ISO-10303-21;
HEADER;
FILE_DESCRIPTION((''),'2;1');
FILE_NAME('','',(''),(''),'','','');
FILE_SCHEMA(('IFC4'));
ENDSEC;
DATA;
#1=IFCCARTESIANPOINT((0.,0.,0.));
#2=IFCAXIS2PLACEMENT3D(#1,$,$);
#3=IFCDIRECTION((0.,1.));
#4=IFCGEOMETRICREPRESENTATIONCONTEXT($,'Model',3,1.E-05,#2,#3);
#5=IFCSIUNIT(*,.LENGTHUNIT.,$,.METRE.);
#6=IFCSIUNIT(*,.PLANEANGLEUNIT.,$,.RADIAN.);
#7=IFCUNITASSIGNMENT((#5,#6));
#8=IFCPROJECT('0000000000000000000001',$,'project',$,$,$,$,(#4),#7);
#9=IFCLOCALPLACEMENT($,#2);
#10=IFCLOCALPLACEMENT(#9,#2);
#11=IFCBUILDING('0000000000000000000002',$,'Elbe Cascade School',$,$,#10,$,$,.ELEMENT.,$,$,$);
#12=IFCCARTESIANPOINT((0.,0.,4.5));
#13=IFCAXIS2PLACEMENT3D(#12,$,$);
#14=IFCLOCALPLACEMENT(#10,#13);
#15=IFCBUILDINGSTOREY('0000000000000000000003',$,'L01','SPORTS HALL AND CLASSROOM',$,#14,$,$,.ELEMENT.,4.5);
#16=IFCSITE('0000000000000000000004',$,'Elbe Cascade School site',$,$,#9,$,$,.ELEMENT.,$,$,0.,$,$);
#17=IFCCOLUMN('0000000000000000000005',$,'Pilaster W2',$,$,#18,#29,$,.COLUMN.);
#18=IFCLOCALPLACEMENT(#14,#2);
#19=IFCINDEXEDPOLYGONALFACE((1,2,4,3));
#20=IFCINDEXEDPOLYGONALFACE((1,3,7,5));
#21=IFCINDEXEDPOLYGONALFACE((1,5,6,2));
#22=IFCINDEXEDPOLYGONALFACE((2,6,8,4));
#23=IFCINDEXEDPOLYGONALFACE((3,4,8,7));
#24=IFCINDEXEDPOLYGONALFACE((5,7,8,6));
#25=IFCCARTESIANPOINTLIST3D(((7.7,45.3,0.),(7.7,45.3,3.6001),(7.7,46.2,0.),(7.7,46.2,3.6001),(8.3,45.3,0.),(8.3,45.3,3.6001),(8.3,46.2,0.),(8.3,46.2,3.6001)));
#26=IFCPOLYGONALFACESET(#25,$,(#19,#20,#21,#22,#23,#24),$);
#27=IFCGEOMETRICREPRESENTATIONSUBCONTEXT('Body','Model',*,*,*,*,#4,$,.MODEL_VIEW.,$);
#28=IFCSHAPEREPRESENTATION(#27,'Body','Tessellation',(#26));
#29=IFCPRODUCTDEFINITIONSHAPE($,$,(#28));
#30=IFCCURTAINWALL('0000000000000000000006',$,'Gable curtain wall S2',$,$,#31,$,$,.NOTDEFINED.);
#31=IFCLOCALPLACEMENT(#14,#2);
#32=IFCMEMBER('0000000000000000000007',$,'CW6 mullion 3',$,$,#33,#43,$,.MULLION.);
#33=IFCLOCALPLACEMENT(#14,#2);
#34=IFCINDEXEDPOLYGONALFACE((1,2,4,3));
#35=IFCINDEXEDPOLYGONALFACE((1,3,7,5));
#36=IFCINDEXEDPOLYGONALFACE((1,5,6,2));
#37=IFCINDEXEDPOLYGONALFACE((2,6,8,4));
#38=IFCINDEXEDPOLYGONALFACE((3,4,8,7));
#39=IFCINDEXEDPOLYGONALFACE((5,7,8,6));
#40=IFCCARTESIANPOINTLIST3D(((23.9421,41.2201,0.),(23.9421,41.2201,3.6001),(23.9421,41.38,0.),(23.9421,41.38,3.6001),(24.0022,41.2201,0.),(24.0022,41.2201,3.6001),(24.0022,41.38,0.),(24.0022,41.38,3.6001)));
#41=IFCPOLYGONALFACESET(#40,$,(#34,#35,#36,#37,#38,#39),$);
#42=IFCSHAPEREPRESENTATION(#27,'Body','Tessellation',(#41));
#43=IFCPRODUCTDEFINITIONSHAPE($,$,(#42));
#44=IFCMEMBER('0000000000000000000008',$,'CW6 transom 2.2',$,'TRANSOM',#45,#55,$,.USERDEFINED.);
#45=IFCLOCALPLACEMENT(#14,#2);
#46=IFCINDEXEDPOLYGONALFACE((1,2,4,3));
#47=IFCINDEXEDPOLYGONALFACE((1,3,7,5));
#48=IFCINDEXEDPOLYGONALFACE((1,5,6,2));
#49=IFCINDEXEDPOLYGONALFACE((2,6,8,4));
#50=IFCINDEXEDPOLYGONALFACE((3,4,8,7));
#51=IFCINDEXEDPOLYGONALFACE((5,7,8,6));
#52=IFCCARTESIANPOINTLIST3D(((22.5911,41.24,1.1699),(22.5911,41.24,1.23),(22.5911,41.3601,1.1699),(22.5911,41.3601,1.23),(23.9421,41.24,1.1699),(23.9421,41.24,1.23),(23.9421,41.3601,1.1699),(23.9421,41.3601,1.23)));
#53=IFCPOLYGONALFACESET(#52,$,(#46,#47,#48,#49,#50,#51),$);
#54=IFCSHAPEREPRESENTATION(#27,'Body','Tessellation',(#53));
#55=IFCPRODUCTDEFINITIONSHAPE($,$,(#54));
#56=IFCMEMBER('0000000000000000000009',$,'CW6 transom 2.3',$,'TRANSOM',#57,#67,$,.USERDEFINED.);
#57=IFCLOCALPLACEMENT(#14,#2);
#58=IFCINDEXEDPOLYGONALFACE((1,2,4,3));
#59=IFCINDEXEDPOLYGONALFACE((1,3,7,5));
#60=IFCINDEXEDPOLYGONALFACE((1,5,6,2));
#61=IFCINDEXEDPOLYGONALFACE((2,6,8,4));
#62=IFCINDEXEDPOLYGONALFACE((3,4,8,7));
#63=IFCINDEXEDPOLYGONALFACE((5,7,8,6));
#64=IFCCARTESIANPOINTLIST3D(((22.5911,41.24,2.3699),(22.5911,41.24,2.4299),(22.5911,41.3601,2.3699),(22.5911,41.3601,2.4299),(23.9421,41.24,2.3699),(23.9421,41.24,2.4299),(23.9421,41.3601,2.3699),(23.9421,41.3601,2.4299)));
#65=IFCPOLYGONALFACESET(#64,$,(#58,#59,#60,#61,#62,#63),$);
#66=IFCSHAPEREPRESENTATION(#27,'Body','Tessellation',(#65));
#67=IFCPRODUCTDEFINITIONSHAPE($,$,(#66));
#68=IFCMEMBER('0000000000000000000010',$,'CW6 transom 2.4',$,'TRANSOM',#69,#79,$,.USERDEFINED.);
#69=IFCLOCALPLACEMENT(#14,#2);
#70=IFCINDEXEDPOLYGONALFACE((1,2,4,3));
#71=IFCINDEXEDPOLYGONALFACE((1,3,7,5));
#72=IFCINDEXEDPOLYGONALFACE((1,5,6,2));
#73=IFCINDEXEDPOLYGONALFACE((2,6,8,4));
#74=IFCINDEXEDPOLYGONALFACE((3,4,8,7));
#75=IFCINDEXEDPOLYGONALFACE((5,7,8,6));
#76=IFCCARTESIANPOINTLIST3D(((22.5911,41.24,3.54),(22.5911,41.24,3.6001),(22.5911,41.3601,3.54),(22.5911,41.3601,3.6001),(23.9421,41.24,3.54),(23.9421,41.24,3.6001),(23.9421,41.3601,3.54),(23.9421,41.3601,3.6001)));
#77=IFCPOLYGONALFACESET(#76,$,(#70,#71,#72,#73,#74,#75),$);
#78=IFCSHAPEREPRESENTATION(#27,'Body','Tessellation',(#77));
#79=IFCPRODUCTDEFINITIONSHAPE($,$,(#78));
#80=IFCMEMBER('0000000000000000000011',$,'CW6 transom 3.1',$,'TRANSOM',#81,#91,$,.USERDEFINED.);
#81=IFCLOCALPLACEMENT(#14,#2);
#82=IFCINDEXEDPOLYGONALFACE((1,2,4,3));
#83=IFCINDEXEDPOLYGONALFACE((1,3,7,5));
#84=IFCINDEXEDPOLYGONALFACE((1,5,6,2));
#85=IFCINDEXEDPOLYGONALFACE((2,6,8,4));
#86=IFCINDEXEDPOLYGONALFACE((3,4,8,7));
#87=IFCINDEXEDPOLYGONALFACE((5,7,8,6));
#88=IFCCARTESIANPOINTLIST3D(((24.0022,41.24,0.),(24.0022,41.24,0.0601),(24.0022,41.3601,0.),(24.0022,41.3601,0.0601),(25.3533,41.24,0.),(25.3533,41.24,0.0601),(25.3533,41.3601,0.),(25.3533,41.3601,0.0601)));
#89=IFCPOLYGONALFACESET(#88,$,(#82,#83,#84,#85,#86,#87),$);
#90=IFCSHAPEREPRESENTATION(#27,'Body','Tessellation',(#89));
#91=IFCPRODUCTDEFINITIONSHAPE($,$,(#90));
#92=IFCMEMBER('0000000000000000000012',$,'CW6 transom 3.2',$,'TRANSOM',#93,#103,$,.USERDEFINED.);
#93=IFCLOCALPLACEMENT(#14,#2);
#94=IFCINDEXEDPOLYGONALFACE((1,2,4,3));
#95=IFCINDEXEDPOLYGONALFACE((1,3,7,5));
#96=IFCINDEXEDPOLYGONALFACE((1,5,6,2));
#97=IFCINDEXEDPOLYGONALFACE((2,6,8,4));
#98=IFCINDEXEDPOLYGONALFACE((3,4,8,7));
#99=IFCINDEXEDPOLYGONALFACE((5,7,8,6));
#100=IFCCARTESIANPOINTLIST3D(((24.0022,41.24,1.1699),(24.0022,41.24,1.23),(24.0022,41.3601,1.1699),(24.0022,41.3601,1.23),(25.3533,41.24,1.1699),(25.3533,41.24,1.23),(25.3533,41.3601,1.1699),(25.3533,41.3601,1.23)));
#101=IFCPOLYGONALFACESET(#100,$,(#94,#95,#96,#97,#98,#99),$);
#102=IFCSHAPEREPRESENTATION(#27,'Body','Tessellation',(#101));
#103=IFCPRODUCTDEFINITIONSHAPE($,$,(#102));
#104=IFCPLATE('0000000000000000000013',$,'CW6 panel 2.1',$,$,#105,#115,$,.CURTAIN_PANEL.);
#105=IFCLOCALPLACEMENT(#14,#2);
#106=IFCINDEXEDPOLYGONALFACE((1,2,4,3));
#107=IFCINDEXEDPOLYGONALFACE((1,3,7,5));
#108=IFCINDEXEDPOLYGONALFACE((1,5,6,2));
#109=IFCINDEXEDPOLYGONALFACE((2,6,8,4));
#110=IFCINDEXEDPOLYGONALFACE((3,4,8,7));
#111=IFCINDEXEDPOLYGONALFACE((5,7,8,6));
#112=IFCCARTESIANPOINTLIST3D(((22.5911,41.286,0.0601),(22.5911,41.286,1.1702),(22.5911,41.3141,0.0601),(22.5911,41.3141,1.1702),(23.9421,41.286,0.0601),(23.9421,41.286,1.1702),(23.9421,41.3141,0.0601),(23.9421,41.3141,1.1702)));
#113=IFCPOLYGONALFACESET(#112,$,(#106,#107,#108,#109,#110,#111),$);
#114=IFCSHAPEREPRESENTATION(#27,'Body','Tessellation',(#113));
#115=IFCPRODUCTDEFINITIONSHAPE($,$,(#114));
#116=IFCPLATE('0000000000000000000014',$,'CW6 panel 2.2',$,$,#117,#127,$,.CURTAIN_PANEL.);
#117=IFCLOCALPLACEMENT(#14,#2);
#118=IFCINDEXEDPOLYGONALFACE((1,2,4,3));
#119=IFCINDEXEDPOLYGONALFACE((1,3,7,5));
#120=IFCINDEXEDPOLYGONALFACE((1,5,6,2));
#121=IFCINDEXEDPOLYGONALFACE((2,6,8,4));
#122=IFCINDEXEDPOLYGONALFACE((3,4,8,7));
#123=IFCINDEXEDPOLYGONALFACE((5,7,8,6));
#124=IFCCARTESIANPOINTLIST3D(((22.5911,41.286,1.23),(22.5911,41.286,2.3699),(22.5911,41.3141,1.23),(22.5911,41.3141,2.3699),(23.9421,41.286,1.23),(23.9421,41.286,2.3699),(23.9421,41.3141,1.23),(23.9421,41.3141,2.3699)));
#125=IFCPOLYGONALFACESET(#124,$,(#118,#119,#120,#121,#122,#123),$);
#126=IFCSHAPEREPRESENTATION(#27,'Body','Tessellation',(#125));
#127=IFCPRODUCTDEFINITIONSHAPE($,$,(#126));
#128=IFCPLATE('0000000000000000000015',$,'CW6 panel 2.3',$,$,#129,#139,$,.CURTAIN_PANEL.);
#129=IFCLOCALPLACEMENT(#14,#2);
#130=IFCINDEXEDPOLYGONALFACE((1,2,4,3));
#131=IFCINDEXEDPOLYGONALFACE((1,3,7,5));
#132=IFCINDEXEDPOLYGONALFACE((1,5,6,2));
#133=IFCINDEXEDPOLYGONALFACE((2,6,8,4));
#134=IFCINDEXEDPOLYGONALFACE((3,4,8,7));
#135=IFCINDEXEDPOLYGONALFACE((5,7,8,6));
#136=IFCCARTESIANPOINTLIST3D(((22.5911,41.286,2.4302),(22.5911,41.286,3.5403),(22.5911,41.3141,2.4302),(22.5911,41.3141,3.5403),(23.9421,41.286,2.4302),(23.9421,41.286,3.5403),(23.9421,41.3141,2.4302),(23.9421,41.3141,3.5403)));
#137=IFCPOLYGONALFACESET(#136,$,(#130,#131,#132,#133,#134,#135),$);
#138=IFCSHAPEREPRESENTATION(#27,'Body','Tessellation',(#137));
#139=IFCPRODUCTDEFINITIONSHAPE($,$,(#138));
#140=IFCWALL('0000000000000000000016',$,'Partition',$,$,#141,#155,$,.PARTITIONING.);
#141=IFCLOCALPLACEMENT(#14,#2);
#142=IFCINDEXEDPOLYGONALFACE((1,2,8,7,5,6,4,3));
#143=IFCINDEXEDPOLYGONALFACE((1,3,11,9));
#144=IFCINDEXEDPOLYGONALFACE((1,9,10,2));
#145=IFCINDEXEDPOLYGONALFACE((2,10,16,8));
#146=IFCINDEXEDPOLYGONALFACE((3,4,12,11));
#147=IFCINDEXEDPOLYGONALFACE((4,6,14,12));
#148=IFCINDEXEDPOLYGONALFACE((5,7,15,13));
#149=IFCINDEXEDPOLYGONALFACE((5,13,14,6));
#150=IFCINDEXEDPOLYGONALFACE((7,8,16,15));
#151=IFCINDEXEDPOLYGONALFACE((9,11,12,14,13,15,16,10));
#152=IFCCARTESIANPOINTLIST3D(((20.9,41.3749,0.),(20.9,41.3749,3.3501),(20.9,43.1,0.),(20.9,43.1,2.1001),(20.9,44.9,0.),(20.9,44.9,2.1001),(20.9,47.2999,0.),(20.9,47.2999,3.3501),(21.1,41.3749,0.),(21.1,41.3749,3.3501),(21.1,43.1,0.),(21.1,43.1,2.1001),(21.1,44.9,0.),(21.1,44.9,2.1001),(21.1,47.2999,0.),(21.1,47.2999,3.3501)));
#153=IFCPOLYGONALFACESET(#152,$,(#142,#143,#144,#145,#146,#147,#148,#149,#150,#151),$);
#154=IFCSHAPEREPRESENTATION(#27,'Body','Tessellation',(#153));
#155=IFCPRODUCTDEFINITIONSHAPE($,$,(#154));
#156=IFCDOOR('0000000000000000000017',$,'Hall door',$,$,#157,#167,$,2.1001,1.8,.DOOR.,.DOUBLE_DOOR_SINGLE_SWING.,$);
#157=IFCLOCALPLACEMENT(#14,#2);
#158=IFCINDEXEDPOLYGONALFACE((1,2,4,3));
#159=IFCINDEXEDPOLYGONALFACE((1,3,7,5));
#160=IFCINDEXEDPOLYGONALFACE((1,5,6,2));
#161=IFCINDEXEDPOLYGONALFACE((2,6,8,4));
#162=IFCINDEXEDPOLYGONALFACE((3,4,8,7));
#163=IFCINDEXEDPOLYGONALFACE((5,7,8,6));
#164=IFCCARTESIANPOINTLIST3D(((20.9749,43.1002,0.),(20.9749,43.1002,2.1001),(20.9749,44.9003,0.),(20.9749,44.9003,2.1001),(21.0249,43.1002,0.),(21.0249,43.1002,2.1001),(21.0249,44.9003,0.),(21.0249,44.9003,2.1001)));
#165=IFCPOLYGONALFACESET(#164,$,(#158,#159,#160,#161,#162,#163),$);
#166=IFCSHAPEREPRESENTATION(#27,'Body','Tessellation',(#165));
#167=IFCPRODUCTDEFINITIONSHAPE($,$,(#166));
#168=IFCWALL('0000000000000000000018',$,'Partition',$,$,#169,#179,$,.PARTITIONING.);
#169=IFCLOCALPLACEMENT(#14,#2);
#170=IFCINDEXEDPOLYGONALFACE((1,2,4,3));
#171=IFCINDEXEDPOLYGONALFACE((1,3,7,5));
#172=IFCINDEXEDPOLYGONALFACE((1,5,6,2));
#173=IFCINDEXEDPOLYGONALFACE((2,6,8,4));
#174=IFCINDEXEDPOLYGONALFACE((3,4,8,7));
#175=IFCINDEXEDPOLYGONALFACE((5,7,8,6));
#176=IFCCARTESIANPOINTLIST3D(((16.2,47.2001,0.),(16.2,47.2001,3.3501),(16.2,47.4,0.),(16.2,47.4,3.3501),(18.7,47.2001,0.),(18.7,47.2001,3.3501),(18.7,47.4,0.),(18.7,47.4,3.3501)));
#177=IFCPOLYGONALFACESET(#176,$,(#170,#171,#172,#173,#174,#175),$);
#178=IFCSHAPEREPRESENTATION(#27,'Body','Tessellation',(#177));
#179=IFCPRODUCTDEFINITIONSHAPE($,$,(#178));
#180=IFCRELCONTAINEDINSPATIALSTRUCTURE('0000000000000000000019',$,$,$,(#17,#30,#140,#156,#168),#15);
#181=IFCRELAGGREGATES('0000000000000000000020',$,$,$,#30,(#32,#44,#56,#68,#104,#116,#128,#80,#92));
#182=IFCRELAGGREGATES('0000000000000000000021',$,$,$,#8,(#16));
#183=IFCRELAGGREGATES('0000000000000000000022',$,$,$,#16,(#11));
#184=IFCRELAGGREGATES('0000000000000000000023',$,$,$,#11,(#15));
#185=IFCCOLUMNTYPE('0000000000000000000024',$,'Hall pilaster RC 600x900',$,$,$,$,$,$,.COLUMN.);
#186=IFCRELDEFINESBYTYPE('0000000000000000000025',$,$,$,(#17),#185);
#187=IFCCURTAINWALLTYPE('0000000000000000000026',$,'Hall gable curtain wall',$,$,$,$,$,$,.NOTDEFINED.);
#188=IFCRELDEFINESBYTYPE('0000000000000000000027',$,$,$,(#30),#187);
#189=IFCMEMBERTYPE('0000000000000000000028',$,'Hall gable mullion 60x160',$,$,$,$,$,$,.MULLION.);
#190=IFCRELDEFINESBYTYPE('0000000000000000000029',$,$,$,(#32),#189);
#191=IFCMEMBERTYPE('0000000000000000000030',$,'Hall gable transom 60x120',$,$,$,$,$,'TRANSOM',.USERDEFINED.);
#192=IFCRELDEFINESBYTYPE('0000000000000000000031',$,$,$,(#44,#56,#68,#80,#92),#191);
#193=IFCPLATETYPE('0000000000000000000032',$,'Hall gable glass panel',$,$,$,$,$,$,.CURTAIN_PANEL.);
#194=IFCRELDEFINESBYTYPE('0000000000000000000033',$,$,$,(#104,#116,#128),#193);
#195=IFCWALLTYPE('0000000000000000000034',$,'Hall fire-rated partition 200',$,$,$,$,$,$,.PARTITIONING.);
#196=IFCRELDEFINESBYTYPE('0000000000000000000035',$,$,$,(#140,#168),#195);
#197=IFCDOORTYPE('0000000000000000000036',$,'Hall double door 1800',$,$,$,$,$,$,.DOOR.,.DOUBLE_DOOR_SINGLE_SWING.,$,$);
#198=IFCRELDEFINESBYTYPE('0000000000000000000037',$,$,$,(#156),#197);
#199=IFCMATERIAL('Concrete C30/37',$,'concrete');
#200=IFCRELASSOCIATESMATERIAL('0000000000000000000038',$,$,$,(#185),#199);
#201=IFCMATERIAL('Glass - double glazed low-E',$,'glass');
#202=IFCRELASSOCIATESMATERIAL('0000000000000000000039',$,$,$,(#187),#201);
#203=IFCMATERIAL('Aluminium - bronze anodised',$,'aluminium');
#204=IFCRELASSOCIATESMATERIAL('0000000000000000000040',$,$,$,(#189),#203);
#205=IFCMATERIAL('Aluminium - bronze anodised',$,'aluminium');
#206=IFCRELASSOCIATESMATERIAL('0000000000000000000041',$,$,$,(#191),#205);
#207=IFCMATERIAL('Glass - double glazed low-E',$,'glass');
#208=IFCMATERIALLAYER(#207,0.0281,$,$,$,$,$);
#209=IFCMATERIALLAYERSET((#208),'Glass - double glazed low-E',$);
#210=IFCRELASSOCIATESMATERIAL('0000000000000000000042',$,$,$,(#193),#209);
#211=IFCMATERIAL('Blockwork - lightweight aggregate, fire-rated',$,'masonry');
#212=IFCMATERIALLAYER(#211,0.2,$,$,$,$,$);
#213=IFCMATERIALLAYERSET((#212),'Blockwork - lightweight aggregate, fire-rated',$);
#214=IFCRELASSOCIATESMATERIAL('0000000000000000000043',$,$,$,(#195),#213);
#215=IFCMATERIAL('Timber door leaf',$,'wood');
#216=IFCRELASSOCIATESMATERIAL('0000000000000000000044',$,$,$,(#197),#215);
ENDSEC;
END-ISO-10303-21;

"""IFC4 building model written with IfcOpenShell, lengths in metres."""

from ifc_helpers import new_model, si_unit, direction, frame, frame_2d, origin, origin_2d, place, context, subcontext, project, spatial, rectangle, extrude, material, layer, layer_set, material_profile, profile_set, type_object, element, fill, aggregate, save


model = new_model("IFC4")

# Units and contexts
model_context = context("Model", 3, precision=1e-05, world=origin(), true_north=direction((0.0, 1.0)))
body_context = subcontext(model_context, "Body", "Model", "MODEL_VIEW")
ifc_project = project(units=[si_unit("LENGTHUNIT", "METRE"), si_unit("PLANEANGLEUNIT", "RADIAN")], contexts=[model_context])

# Site, building, storey
site_placement = place(None, origin())
site = spatial("IfcSite", under=ifc_project, at=site_placement, Name="Elbe Cascade School site", CompositionType="ELEMENT", RefElevation=0.0)
building_placement = place(site_placement, origin())
building = spatial("IfcBuilding", under=site, at=building_placement, Name="Elbe Cascade School", CompositionType="ELEMENT")
storey_placement = place(building_placement, frame((0.0, 0.0, 4.5)))
storey = spatial("IfcBuildingStorey", under=building, at=storey_placement, Name="L01", Description="SPORTS HALL AND CLASSROOM", CompositionType="ELEMENT", Elevation=4.5)

# Column
ifc_material_1 = material(Name="Concrete C30/37", Category="concrete")
ifc_material_profile_1 = material_profile(ifc_material_1, rectangle(XDim=0.6001, YDim=0.8999, at=origin_2d()), Name="RC 600x900")
ifc_profile_set_1 = profile_set([ifc_material_profile_1], Name="Concrete C30/37")
column_type = type_object("IfcColumnType", Name="Hall pilaster RC 600x900", PredefinedType="COLUMN", material=ifc_profile_set_1)
column_placement = place(storey_placement, frame((8.0, 45.75, 0.0), z_axis=(0.0, 0.0, 1.0), x_axis=(1.0, 0.0, 0.0)))
element("IfcColumn", 1, at=column_placement, inside=storey, type_object=column_type, Name="Pilaster W2", PredefinedType="COLUMN", context=body_context, shape_type="SweptSolid", body=[
    extrude(rectangle(XDim=0.6001, YDim=0.8999, at=origin_2d()), origin(), (0.0, 0.0, 1.0), 3.6001),
])

# Curtain wall, members, plates
ifc_material_2 = material(Name="Glass - double glazed low-E", Category="glass")
curtain_wall_type = type_object("IfcCurtainWallType", Name="Hall gable curtain wall", PredefinedType="NOTDEFINED", material=ifc_material_2)
curtain_wall_placement = place(storey_placement, origin())
curtain_wall = element("IfcCurtainWall", 2, at=curtain_wall_placement, inside=storey, type_object=curtain_wall_type, Name="Gable curtain wall S2", PredefinedType="NOTDEFINED")
ifc_material_3 = material(Name="Aluminium - bronze anodised", Category="aluminium")
ifc_material_profile_2 = material_profile(ifc_material_3, rectangle(XDim=0.1599, YDim=0.0601, at=origin_2d()), Name="Alu 60x160")
ifc_profile_set_2 = profile_set([ifc_material_profile_2], Name="Aluminium - bronze anodised")
member_type_1 = type_object("IfcMemberType", Name="Hall gable mullion 60x160", PredefinedType="MULLION", material=ifc_profile_set_2)
member_1_placement = place(storey_placement, frame((23.9722, 41.3, 0.0), z_axis=(0.0, 0.0, 1.0), x_axis=(0.0, 1.0, 0.0)))
member_1 = element("IfcMember", 3, at=member_1_placement, type_object=member_type_1, Name="CW6 mullion 3", PredefinedType="MULLION", context=body_context, shape_type="SweptSolid", body=[
    extrude(rectangle(XDim=0.1599, YDim=0.0601, at=origin_2d()), origin(), (0.0, 0.0, 1.0), 3.6001),
])
ifc_material_4 = material(Name="Aluminium - bronze anodised", Category="aluminium")
ifc_material_profile_3 = material_profile(ifc_material_4, rectangle(XDim=0.1201, YDim=0.0601, at=origin_2d()), Name="Alu 60x120")
ifc_profile_set_3 = profile_set([ifc_material_profile_3], Name="Aluminium - bronze anodised")
member_type_2 = type_object("IfcMemberType", Name="Hall gable transom 60x120", ElementType="TRANSOM", PredefinedType="USERDEFINED", material=ifc_profile_set_3)
member_2_placement = place(storey_placement, frame((22.5911, 41.3, 1.2), z_axis=(1.0, 0.0, 0.0), x_axis=(0.0, 1.0, 0.0)))
member_2 = element("IfcMember", 4, at=member_2_placement, type_object=member_type_2, Name="CW6 transom 2.2", ObjectType="TRANSOM", PredefinedType="USERDEFINED", context=body_context, shape_type="SweptSolid", body=[
    extrude(rectangle(XDim=0.1201, YDim=0.0601, at=origin_2d()), origin(), (0.0, 0.0, 1.0), 1.3511),
])
member_3_placement = place(storey_placement, frame((22.5911, 41.3, 2.3999), z_axis=(1.0, 0.0, 0.0), x_axis=(0.0, 1.0, 0.0)))
member_3 = element("IfcMember", 5, at=member_3_placement, type_object=member_type_2, Name="CW6 transom 2.3", ObjectType="TRANSOM", PredefinedType="USERDEFINED", context=body_context, shape_type="SweptSolid", body=[
    extrude(rectangle(XDim=0.1201, YDim=0.0601, at=origin_2d()), origin(), (0.0, 0.0, 1.0), 1.3511),
])
member_4_placement = place(storey_placement, frame((22.5911, 41.3, 3.5701), z_axis=(1.0, 0.0, 0.0), x_axis=(0.0, 1.0, 0.0)))
member_4 = element("IfcMember", 6, at=member_4_placement, type_object=member_type_2, Name="CW6 transom 2.4", ObjectType="TRANSOM", PredefinedType="USERDEFINED", context=body_context, shape_type="SweptSolid", body=[
    extrude(rectangle(XDim=0.1201, YDim=0.0601, at=origin_2d()), origin(), (0.0, 0.0, 1.0), 1.3511),
])
member_5_placement = place(storey_placement, frame((24.0022, 41.3, 0.03), z_axis=(1.0, 0.0, 0.0), x_axis=(0.0, 1.0, 0.0)))
member_5 = element("IfcMember", 7, at=member_5_placement, type_object=member_type_2, Name="CW6 transom 3.1", ObjectType="TRANSOM", PredefinedType="USERDEFINED", context=body_context, shape_type="SweptSolid", body=[
    extrude(rectangle(XDim=0.1201, YDim=0.0601, at=origin_2d()), origin(), (0.0, 0.0, 1.0), 1.3511),
])
member_6_placement = place(storey_placement, frame((24.0022, 41.3, 1.2), z_axis=(1.0, 0.0, 0.0), x_axis=(0.0, 1.0, 0.0)))
member_6 = element("IfcMember", 8, at=member_6_placement, type_object=member_type_2, Name="CW6 transom 3.2", ObjectType="TRANSOM", PredefinedType="USERDEFINED", context=body_context, shape_type="SweptSolid", body=[
    extrude(rectangle(XDim=0.1201, YDim=0.0601, at=origin_2d()), origin(), (0.0, 0.0, 1.0), 1.3511),
])
ifc_material_5 = material(Name="Glass - double glazed low-E", Category="glass")
ifc_layer_1 = layer(ifc_material_5, 0.0281)
ifc_layer_set_1 = layer_set([ifc_layer_1], Name="Glass - double glazed low-E")
plate_type = type_object("IfcPlateType", Name="Hall gable glass panel", PredefinedType="CURTAIN_PANEL", material=ifc_layer_set_1)
plate_1_placement = place(storey_placement, frame((23.2666, 41.3, 0.0601), z_axis=(0.0, 0.0, 1.0), x_axis=(1.0, 0.0, 0.0)))
plate_1 = element("IfcPlate", 9, at=plate_1_placement, type_object=plate_type, Name="CW6 panel 2.1", PredefinedType="CURTAIN_PANEL", context=body_context, shape_type="SweptSolid", body=[
    extrude(rectangle(XDim=1.3511, YDim=0.0281, at=origin_2d()), origin(), (0.0, 0.0, 1.0), 1.1101),
])
plate_2_placement = place(storey_placement, frame((23.2666, 41.3, 1.23), z_axis=(0.0, 0.0, 1.0), x_axis=(1.0, 0.0, 0.0)))
plate_2 = element("IfcPlate", 10, at=plate_2_placement, type_object=plate_type, Name="CW6 panel 2.2", PredefinedType="CURTAIN_PANEL", context=body_context, shape_type="SweptSolid", body=[
    extrude(rectangle(XDim=1.3511, YDim=0.0281, at=origin_2d()), origin(), (0.0, 0.0, 1.0), 1.1399),
])
plate_3_placement = place(storey_placement, frame((23.2666, 41.3, 2.4302), z_axis=(0.0, 0.0, 1.0), x_axis=(1.0, 0.0, 0.0)))
plate_3 = element("IfcPlate", 11, at=plate_3_placement, type_object=plate_type, Name="CW6 panel 2.3", PredefinedType="CURTAIN_PANEL", context=body_context, shape_type="SweptSolid", body=[
    extrude(rectangle(XDim=1.3511, YDim=0.0281, at=origin_2d()), origin(), (0.0, 0.0, 1.0), 1.1101),
])
aggregate(curtain_wall, [member_1, member_2, member_3, member_4, plate_1, plate_2, plate_3, member_5, member_6])

# Wall, opening, door
ifc_material_6 = material(Name="Blockwork - lightweight aggregate, fire-rated", Category="masonry")
ifc_layer_2 = layer(ifc_material_6, 0.2)
ifc_layer_set_2 = layer_set([ifc_layer_2], Name="Blockwork - lightweight aggregate, fire-rated")
wall_type_1 = type_object("IfcWallType", Name="Hall fire-rated partition 200", PredefinedType="PARTITIONING", material=ifc_layer_set_2)
wall_1_placement = place(storey_placement, frame((21.0, 41.375, 0.0), z_axis=(0.0, 0.0, 1.0), x_axis=(0.0, 1.0, 0.0)))
wall_1 = element("IfcWall", 12, at=wall_1_placement, inside=storey, type_object=wall_type_1, Name="Partition", PredefinedType="PARTITIONING", context=body_context, shape_type="SweptSolid", body=[
    extrude(rectangle(XDim=5.925, YDim=0.2, at=frame_2d((2.9624, 0.0))), origin(), (0.0, 0.0, 1.0), 3.3501),
])
opening_1_placement = place(wall_1_placement, frame((1.7251, 0.0, 0.0)))
opening_1 = element("IfcOpeningElement", 13, at=opening_1_placement, cuts=wall_1, PredefinedType="OPENING", context=body_context, shape_type="SweptSolid", body=[
    extrude(rectangle(XDim=1.8, YDim=2.1001, at=frame_2d((0.8999, 1.05))), frame((0.0, 0.1099, 0.0), z_axis=(0.0, -1.0, 0.0), x_axis=(1.0, 0.0, 0.0)), (0.0, 0.0, 1.0), 0.22),
])
ifc_material_7 = material(Name="Timber door leaf", Category="wood")
door_type_1 = type_object("IfcDoorType", Name="Hall double door 1800", OperationType="DOUBLE_DOOR_SINGLE_SWING", PredefinedType="DOOR", material=ifc_material_7)
door_1_placement = place(opening_1_placement, frame((1.8, 0.0, 0.0), z_axis=(0.0, 0.0, 1.0), x_axis=(-1.0, 0.0, 0.0)))
door_1 = element("IfcDoor", 14, at=door_1_placement, inside=storey, type_object=door_type_1, Name="Hall door", OperationType="DOUBLE_DOOR_SINGLE_SWING", OverallHeight=2.1001, OverallWidth=1.8, PredefinedType="DOOR", context=body_context, shape_type="SweptSolid", body=[
    extrude(rectangle(XDim=1.8, YDim=2.1001, at=frame_2d((0.8999, 1.05))), frame((0.0, 0.0249, 0.0), z_axis=(0.0, -1.0, 0.0), x_axis=(1.0, 0.0, 0.0)), (0.0, 0.0, 1.0), 0.05),
])
fill(opening_1, door_1)

# Wall
wall_2_placement = place(storey_placement, frame((16.2, 47.3, 0.0), z_axis=(0.0, 0.0, 1.0), x_axis=(1.0, 0.0, 0.0)))
element("IfcWall", 15, at=wall_2_placement, inside=storey, type_object=wall_type_1, Name="Partition", PredefinedType="PARTITIONING", context=body_context, shape_type="SweptSolid", body=[
    extrude(rectangle(XDim=2.5, YDim=0.2, at=frame_2d((1.25, 0.0))), origin(), (0.0, 0.0, 1.0), 3.3501),
])

save(model, "model.ifc")
